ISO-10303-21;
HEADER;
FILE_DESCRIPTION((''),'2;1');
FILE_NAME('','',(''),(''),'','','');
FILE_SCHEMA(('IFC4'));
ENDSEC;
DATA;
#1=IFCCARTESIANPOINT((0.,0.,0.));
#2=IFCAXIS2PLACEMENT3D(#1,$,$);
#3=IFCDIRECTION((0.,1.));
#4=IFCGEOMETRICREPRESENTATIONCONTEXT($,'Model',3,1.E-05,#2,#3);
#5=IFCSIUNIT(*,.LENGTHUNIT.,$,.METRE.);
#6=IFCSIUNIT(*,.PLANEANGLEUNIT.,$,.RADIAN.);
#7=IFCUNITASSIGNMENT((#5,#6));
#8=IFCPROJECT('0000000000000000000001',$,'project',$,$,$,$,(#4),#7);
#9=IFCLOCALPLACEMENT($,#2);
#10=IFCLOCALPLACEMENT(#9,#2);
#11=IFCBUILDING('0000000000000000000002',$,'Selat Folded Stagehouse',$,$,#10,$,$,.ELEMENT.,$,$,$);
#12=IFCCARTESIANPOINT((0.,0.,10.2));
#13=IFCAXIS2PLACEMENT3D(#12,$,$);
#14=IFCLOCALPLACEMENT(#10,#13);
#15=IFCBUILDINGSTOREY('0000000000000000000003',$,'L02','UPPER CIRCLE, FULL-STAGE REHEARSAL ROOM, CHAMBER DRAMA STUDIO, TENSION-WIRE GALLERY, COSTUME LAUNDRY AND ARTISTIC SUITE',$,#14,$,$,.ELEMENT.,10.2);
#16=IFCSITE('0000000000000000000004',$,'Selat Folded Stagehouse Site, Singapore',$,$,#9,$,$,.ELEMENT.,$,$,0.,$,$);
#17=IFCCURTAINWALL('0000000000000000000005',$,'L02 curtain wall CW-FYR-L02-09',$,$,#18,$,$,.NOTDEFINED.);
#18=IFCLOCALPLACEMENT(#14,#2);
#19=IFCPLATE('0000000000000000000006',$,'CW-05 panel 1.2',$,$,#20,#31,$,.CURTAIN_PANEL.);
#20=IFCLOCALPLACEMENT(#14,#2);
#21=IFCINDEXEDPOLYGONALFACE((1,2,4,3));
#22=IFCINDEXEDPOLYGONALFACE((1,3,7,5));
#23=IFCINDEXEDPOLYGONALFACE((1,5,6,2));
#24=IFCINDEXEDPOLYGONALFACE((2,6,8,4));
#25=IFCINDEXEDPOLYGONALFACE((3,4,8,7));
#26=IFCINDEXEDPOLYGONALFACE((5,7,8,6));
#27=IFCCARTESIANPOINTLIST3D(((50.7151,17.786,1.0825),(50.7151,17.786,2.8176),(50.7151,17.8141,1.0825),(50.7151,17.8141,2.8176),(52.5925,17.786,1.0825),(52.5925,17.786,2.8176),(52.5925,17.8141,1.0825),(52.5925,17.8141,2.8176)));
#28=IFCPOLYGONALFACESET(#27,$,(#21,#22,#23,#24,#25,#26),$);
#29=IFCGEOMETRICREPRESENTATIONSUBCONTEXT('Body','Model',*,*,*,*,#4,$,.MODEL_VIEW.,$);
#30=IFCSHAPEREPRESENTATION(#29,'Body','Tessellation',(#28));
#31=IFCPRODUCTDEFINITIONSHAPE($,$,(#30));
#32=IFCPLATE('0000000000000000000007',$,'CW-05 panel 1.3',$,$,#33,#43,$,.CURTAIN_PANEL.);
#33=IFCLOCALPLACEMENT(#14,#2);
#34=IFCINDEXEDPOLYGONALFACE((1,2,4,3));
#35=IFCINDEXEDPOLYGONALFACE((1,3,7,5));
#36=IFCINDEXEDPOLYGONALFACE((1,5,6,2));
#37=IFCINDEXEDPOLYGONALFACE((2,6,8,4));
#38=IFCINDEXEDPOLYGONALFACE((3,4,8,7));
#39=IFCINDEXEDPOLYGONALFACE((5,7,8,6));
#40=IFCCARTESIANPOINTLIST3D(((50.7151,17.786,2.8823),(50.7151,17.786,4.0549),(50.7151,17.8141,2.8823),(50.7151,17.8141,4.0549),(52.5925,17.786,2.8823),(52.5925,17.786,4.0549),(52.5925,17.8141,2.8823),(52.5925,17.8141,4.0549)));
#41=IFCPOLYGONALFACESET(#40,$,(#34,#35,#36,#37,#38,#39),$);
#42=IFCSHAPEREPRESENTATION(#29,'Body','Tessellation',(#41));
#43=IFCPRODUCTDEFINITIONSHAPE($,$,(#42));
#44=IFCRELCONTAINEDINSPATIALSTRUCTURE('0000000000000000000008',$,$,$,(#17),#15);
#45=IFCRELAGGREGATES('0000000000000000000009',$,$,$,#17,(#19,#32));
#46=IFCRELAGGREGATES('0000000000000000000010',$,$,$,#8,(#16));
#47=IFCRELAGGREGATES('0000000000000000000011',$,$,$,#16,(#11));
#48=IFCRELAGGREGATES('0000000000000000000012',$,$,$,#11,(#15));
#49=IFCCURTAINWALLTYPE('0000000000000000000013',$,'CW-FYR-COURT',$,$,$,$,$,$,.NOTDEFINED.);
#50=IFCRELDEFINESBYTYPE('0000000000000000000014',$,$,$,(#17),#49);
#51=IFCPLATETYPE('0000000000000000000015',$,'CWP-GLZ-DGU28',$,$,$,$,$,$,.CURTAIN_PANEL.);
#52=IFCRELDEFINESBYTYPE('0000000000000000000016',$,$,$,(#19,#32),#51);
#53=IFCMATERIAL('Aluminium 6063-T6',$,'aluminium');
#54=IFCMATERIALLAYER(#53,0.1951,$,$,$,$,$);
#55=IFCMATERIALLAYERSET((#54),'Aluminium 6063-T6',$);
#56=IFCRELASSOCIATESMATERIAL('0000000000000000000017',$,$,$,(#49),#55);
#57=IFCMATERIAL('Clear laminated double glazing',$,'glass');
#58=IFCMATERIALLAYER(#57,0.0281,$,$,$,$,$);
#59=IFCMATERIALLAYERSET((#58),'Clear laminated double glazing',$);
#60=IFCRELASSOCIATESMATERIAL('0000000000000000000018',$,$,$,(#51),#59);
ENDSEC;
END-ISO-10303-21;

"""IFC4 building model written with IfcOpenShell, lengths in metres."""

from ifc_helpers import new_model, si_unit, direction, frame, origin, origin_2d, place, context, subcontext, project, spatial, rectangle, extrude, material, layer, layer_set, type_object, element, aggregate, save


model = new_model("IFC4")

# Units and contexts
model_context = context("Model", 3, precision=1e-05, world=origin(), true_north=direction((0.0, 1.0)))
body_context = subcontext(model_context, "Body", "Model", "MODEL_VIEW")
ifc_project = project(units=[si_unit("LENGTHUNIT", "METRE"), si_unit("PLANEANGLEUNIT", "RADIAN")], contexts=[model_context])

# Site, building, storey
site_placement = place(None, origin())
site = spatial("IfcSite", under=ifc_project, at=site_placement, Name="Selat Folded Stagehouse Site, Singapore", CompositionType="ELEMENT", RefElevation=0.0)
building_placement = place(site_placement, origin())
building = spatial("IfcBuilding", under=site, at=building_placement, Name="Selat Folded Stagehouse", CompositionType="ELEMENT")
storey_placement = place(building_placement, frame((0.0, 0.0, 10.2)))
storey = spatial("IfcBuildingStorey", under=building, at=storey_placement, Name="L02", Description="UPPER CIRCLE, FULL-STAGE REHEARSAL ROOM, CHAMBER DRAMA STUDIO, TENSION-WIRE GALLERY, COSTUME LAUNDRY AND ARTISTIC SUITE", CompositionType="ELEMENT", Elevation=10.2)

# Curtain wall
ifc_material_1 = material(Name="Aluminium 6063-T6", Category="aluminium")
ifc_layer_1 = layer(ifc_material_1, 0.1951)
ifc_layer_set_1 = layer_set([ifc_layer_1], Name="Aluminium 6063-T6")
curtain_wall_type = type_object("IfcCurtainWallType", Name="CW-FYR-COURT", PredefinedType="NOTDEFINED", material=ifc_layer_set_1)
curtain_wall_placement = place(storey_placement, origin())
curtain_wall = element("IfcCurtainWall", 1, at=curtain_wall_placement, inside=storey, type_object=curtain_wall_type, Name="L02 curtain wall CW-FYR-L02-09", PredefinedType="NOTDEFINED")

# Plates
ifc_material_2 = material(Name="Clear laminated double glazing", Category="glass")
ifc_layer_2 = layer(ifc_material_2, 0.0281)
ifc_layer_set_2 = layer_set([ifc_layer_2], Name="Clear laminated double glazing")
plate_type = type_object("IfcPlateType", Name="CWP-GLZ-DGU28", PredefinedType="CURTAIN_PANEL", material=ifc_layer_set_2)
plate_1_placement = place(storey_placement, frame((51.6538, 17.8, 1.0825), z_axis=(0.0, 0.0, 1.0), x_axis=(1.0, 0.0, 0.0)))
plate_1 = element("IfcPlate", 2, at=plate_1_placement, type_object=plate_type, Name="CW-05 panel 1.2", PredefinedType="CURTAIN_PANEL", context=body_context, shape_type="SweptSolid", body=[
    extrude(rectangle(XDim=1.8774, YDim=0.0281, at=origin_2d()), origin(), (0.0, 0.0, 1.0), 1.7351),
])
plate_2_placement = place(storey_placement, frame((51.6538, 17.8, 2.8823), z_axis=(0.0, 0.0, 1.0), x_axis=(1.0, 0.0, 0.0)))
plate_2 = element("IfcPlate", 3, at=plate_2_placement, type_object=plate_type, Name="CW-05 panel 1.3", PredefinedType="CURTAIN_PANEL", context=body_context, shape_type="SweptSolid", body=[
    extrude(rectangle(XDim=1.8774, YDim=0.0281, at=origin_2d()), origin(), (0.0, 0.0, 1.0), 1.1726),
])
aggregate(curtain_wall, [plate_1, plate_2])

save(model, "model.ifc")
